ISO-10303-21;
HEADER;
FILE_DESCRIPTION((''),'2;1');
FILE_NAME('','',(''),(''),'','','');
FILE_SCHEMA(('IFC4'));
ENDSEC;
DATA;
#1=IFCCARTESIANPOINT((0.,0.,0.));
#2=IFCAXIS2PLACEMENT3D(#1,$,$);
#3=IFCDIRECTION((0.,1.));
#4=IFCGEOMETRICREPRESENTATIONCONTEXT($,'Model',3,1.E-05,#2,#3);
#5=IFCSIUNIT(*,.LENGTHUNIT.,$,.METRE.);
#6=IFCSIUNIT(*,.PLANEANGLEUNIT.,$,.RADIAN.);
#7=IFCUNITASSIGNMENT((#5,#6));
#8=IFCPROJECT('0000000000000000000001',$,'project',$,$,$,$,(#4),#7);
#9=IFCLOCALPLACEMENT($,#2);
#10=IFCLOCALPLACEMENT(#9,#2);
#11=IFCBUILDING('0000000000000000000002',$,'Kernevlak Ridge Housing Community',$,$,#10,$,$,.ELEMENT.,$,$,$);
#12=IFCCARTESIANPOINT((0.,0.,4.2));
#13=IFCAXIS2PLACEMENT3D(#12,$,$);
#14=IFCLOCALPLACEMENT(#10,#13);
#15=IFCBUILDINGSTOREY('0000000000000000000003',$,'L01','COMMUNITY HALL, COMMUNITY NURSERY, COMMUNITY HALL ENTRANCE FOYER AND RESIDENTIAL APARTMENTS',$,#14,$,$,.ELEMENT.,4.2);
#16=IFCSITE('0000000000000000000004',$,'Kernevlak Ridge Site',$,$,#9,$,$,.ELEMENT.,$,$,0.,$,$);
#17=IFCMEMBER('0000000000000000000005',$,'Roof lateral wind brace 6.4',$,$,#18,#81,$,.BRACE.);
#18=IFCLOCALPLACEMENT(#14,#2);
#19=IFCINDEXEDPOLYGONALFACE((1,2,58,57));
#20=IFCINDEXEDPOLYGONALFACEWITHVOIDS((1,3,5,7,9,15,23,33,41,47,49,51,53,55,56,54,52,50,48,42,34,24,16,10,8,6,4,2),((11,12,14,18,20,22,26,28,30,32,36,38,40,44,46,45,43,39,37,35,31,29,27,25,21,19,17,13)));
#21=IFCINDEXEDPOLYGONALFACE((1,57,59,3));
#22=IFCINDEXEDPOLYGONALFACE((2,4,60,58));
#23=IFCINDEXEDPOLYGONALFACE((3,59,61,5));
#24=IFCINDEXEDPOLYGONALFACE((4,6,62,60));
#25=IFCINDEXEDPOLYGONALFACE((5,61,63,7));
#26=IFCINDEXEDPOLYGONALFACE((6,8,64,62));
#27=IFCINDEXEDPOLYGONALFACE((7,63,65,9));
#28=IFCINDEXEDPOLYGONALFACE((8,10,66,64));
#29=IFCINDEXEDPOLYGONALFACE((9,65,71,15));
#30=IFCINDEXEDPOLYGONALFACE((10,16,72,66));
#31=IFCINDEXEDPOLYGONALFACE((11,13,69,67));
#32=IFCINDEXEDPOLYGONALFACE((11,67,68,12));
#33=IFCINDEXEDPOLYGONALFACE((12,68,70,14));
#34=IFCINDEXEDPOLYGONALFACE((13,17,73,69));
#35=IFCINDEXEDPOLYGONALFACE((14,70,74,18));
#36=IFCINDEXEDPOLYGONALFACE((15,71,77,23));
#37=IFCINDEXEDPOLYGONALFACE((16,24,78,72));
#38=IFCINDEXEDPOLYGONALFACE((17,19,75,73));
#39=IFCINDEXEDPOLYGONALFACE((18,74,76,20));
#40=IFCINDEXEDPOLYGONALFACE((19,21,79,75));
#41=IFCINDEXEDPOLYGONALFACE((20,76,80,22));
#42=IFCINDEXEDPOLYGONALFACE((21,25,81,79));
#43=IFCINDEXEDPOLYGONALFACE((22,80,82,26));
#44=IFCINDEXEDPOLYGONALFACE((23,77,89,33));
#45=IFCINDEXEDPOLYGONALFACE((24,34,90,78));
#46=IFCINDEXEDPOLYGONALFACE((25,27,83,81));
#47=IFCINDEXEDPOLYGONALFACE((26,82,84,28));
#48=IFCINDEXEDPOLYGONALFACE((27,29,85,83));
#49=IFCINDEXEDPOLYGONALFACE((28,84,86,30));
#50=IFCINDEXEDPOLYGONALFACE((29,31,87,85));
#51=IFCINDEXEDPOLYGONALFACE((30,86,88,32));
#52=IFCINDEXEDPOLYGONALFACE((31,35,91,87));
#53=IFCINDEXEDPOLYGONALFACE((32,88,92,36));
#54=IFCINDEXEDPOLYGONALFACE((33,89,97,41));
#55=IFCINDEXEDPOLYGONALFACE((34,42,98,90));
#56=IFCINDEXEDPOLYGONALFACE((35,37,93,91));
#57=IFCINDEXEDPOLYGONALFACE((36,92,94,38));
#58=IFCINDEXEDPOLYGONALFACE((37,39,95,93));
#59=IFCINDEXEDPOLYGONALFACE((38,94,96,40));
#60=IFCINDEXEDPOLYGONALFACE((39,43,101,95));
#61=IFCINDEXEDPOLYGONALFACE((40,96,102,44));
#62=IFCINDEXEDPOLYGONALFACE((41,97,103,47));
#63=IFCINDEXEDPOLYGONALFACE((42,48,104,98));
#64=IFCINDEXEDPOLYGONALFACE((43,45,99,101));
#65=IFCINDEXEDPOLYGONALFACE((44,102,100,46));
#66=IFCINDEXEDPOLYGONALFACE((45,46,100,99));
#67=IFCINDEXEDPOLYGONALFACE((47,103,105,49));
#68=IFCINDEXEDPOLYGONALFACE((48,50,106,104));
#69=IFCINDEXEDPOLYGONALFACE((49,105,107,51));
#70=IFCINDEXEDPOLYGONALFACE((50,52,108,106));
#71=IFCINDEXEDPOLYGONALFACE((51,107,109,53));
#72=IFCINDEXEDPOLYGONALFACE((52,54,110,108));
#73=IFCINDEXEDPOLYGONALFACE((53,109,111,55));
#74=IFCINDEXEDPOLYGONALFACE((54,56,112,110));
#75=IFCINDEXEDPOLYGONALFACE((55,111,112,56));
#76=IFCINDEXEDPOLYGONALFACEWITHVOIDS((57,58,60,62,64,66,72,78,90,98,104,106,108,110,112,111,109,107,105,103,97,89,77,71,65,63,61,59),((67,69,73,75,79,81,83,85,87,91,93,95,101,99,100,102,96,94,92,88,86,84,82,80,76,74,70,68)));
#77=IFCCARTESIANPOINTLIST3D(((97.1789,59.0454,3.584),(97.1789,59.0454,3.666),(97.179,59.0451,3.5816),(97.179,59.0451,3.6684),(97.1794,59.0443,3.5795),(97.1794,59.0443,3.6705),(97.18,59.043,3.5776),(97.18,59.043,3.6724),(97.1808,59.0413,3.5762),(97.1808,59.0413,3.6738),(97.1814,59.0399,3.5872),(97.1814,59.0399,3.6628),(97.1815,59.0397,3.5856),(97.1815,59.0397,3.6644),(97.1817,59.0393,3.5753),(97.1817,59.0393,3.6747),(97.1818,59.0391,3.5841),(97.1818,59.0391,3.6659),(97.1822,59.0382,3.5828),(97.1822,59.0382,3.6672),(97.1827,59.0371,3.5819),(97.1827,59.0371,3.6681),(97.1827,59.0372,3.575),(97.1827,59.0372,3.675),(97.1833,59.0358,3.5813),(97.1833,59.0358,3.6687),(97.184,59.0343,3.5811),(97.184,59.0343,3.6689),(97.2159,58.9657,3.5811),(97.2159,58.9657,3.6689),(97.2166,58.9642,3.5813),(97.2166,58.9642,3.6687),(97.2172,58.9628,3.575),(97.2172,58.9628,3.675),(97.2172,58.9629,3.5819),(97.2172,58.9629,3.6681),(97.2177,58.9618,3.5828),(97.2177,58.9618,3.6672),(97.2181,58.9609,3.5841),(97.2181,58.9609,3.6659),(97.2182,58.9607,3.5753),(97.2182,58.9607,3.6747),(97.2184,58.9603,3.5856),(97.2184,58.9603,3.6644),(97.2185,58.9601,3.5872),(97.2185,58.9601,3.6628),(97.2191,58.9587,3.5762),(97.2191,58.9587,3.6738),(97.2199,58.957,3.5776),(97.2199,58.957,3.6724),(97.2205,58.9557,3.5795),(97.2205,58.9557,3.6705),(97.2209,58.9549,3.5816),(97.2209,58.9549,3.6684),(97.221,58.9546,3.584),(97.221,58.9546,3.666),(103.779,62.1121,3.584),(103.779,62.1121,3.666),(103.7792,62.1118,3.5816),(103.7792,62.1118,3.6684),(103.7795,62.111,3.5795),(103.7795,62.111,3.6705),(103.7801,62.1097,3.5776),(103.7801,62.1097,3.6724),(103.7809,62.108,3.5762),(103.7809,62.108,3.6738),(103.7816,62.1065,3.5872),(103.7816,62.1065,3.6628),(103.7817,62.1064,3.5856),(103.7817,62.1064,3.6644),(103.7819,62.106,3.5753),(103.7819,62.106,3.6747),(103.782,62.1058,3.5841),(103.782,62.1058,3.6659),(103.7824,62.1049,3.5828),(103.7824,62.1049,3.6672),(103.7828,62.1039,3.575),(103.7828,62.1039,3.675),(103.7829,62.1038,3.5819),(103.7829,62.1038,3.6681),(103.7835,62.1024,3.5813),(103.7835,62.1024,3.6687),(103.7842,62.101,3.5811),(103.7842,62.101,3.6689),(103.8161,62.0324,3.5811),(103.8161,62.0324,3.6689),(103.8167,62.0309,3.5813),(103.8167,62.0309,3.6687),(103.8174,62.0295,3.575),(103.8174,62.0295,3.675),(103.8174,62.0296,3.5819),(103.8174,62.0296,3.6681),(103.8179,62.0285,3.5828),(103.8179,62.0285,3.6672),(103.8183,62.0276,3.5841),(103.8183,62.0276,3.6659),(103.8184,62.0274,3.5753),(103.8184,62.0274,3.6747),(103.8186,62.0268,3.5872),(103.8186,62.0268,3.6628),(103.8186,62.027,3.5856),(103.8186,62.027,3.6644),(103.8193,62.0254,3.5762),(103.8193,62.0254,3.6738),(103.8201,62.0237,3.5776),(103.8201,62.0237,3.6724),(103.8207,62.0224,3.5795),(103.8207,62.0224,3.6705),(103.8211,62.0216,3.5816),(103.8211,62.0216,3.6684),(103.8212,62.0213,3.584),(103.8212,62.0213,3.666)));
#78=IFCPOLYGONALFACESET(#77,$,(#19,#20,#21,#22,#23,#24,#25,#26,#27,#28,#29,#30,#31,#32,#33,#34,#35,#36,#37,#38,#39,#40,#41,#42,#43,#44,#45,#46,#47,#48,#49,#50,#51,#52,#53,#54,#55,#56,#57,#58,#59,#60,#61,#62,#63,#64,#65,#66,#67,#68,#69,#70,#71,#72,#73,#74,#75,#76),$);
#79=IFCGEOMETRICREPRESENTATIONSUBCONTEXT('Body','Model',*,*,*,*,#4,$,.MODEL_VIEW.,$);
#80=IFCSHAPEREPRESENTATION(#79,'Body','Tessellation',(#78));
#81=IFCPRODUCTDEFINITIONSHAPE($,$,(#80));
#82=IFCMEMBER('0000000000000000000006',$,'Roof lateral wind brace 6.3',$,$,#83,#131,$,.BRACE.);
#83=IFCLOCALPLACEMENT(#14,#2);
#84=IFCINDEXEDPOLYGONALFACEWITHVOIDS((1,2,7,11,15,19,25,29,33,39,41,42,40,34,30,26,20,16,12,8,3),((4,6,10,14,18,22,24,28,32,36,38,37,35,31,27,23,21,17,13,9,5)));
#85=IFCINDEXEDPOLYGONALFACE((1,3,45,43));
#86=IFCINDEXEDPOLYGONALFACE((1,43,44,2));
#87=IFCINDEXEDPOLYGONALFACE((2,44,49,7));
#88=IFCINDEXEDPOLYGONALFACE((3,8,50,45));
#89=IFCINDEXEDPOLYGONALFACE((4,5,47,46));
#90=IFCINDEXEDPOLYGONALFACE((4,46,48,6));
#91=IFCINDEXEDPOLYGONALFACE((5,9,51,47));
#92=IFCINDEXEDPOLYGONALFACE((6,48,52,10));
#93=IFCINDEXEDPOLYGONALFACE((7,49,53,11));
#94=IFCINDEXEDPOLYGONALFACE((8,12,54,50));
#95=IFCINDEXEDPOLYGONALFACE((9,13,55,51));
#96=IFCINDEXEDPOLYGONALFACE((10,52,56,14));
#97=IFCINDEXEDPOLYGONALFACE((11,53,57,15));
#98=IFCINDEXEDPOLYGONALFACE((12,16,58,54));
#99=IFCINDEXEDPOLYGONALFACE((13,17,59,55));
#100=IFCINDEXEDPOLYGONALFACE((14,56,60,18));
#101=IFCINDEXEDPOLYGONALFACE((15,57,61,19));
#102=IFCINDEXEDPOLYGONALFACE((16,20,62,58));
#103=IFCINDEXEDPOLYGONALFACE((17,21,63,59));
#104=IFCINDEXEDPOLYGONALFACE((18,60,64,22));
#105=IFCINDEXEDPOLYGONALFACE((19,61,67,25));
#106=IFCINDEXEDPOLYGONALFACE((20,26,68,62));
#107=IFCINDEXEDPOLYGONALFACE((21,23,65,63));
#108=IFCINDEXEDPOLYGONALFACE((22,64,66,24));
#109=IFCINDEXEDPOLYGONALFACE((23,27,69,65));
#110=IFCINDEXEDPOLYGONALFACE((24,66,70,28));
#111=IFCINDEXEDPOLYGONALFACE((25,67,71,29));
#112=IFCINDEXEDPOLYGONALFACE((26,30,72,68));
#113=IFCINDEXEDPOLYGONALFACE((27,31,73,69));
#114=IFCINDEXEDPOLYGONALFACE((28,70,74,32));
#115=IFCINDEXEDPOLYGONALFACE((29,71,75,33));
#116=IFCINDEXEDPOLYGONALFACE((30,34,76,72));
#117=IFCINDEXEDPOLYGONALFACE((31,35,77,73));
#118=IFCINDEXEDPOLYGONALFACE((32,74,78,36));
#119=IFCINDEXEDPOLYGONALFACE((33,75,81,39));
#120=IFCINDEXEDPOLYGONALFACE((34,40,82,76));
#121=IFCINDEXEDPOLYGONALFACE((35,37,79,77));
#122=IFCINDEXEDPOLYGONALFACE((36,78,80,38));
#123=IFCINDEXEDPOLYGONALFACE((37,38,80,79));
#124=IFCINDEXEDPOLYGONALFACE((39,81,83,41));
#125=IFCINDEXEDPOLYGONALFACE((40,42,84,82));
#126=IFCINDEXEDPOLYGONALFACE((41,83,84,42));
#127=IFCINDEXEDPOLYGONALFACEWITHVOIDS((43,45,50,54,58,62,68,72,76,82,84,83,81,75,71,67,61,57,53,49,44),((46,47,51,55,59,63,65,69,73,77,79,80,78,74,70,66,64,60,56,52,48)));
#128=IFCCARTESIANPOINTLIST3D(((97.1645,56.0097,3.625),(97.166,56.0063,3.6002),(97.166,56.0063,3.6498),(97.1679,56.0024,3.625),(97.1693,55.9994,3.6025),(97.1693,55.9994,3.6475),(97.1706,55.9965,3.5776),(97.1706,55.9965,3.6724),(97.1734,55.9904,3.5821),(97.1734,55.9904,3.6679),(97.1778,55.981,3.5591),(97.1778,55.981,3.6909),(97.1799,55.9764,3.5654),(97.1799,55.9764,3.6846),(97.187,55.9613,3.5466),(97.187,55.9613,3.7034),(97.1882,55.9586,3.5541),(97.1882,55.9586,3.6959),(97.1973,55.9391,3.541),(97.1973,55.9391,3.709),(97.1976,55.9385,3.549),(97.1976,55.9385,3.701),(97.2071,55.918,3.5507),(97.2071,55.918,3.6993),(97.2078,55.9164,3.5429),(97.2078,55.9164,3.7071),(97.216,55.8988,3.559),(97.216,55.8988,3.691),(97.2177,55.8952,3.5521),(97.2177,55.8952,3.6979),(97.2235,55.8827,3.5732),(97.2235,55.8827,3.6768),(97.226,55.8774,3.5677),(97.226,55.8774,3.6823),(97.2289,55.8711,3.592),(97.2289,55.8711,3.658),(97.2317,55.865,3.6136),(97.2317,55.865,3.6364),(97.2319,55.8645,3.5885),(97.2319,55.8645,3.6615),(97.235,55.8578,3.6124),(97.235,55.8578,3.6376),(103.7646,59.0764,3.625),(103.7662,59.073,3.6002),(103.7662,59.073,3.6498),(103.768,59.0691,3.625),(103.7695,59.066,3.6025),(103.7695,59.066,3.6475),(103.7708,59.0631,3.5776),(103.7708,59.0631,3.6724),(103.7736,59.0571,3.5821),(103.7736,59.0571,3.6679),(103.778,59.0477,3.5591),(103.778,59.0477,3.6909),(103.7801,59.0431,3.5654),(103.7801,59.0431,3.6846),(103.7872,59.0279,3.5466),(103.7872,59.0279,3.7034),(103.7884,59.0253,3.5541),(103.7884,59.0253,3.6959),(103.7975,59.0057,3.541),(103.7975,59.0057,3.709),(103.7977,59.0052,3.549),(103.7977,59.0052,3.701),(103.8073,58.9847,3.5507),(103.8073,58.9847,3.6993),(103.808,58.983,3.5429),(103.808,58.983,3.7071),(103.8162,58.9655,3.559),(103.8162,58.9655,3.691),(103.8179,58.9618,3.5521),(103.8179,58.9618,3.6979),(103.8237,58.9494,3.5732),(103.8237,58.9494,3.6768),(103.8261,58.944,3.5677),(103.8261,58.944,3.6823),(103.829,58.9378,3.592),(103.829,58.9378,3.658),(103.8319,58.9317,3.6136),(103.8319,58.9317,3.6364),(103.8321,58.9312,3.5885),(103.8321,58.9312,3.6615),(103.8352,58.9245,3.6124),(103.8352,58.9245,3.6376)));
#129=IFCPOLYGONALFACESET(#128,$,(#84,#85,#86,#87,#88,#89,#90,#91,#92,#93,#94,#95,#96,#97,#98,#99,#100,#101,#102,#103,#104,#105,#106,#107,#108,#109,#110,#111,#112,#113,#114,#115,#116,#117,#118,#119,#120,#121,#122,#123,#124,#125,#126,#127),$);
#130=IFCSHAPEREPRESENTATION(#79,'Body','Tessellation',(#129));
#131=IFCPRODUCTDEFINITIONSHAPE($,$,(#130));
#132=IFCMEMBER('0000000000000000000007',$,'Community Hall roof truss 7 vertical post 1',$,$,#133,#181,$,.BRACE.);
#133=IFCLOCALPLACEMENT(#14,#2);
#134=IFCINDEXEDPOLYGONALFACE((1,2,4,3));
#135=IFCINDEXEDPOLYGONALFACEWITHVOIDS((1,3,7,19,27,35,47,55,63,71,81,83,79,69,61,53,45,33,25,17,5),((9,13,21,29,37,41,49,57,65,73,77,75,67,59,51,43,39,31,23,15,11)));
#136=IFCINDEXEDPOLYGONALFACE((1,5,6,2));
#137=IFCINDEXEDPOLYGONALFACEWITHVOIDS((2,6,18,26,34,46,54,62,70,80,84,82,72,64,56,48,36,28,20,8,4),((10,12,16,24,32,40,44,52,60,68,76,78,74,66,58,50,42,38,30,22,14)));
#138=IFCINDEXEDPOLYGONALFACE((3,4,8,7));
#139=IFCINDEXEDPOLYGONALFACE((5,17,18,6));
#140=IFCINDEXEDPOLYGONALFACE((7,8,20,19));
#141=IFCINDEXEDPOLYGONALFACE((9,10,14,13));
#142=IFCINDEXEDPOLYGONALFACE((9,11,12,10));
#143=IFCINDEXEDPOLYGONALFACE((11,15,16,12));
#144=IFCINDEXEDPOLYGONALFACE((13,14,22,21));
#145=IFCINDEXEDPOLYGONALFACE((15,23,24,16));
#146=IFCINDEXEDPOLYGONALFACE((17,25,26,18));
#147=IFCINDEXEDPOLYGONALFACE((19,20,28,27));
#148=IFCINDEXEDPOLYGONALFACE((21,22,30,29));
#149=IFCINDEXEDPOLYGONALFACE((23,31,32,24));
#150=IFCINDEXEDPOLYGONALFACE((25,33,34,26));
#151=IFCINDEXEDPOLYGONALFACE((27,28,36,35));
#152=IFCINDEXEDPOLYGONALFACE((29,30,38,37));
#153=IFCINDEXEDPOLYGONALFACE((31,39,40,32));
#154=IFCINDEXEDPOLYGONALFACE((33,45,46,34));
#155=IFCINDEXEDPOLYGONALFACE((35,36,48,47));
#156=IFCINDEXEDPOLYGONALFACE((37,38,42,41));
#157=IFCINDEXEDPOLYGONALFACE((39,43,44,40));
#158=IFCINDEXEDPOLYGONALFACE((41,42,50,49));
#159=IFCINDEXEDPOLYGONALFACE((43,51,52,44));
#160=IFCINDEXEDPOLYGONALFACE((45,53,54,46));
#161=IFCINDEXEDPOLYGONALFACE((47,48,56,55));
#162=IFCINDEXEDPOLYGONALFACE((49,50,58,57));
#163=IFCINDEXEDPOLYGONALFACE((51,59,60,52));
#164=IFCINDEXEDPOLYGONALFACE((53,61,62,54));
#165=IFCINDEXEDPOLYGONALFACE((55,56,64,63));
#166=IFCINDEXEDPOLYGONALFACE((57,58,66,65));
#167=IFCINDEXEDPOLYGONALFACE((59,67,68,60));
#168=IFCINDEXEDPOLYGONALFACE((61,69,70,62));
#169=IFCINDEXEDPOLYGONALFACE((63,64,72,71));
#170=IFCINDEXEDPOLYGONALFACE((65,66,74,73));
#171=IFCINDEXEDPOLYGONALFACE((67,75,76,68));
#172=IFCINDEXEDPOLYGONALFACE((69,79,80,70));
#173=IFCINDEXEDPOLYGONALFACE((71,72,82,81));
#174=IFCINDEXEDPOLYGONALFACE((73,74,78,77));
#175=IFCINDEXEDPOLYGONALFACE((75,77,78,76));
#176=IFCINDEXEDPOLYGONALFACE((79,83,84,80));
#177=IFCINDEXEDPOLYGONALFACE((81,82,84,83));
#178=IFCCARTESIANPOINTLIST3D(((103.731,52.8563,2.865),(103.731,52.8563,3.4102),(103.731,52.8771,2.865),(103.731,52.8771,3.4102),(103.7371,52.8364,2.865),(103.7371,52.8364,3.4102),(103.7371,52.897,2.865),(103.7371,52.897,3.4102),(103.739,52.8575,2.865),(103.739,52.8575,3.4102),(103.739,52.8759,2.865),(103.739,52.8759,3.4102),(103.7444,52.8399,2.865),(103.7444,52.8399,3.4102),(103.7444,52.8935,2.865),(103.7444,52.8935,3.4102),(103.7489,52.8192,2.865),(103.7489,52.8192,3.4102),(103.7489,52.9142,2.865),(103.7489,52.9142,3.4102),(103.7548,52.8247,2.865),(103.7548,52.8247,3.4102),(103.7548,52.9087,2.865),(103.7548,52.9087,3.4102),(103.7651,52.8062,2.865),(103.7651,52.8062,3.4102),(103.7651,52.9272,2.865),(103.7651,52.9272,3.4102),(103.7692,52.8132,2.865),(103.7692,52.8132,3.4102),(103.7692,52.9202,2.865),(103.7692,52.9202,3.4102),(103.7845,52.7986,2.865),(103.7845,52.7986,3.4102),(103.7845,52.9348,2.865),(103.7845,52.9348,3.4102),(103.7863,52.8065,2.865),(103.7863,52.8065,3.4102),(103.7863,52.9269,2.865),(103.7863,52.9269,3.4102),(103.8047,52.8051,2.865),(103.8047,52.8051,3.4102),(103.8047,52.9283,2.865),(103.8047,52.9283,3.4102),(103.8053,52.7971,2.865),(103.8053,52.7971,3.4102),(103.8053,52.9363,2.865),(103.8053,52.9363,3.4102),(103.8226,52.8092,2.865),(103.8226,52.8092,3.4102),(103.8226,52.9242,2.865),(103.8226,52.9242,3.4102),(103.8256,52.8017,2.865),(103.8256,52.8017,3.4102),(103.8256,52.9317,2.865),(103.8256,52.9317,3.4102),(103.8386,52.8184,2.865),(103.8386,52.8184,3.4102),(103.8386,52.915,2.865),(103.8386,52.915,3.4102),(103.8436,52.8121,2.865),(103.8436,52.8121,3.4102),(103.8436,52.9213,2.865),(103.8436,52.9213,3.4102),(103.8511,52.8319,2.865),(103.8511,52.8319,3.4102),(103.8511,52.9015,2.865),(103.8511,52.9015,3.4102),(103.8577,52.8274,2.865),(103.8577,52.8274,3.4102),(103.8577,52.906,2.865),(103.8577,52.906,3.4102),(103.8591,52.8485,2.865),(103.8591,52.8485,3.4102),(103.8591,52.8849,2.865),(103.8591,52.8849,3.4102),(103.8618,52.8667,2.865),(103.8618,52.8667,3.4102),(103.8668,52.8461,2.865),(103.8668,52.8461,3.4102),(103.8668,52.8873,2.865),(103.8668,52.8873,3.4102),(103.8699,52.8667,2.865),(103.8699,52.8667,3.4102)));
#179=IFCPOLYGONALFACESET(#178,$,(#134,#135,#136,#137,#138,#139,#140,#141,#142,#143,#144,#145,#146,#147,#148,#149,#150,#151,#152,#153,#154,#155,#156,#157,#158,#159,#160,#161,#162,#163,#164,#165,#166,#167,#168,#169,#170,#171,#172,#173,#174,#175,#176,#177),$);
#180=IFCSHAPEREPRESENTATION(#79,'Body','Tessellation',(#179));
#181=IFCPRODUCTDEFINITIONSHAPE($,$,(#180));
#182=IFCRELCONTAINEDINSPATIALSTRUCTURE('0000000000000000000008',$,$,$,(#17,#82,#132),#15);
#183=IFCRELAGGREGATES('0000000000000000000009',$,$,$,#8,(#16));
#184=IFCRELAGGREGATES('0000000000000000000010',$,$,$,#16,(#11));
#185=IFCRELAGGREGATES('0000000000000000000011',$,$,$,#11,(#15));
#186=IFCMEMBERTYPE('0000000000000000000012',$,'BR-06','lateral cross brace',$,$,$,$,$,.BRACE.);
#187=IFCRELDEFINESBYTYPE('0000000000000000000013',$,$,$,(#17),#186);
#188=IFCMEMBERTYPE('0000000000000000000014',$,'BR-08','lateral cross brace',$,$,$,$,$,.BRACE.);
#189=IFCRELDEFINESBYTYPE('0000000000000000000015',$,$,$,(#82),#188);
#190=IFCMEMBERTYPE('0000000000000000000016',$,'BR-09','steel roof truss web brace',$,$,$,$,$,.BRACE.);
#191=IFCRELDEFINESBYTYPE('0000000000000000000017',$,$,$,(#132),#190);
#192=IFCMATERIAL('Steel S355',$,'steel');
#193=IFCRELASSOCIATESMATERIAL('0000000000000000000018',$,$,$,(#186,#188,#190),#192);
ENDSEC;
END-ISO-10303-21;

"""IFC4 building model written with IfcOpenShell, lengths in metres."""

from ifc_helpers import new_model, si_unit, direction, frame, origin, origin_2d, place, context, subcontext, project, spatial, hollow_rectangle, hollow_circle, extrude, material, material_profile, profile_set, type_object, element, save


model = new_model("IFC4")

# Units and contexts
model_context = context("Model", 3, precision=1e-05, world=origin(), true_north=direction((0.0, 1.0)))
body_context = subcontext(model_context, "Body", "Model", "MODEL_VIEW")
ifc_project = project(units=[si_unit("LENGTHUNIT", "METRE"), si_unit("PLANEANGLEUNIT", "RADIAN")], contexts=[model_context])

# Site, building, storey
site_placement = place(None, origin())
site = spatial("IfcSite", under=ifc_project, at=site_placement, Name="Kernevlak Ridge Site", CompositionType="ELEMENT", RefElevation=0.0)
building_placement = place(site_placement, origin())
building = spatial("IfcBuilding", under=site, at=building_placement, Name="Kernevlak Ridge Housing Community", CompositionType="ELEMENT")
storey_placement = place(building_placement, frame((0.0, 0.0, 4.2)))
storey = spatial("IfcBuildingStorey", under=building, at=storey_placement, Name="L01", Description="COMMUNITY HALL, COMMUNITY NURSERY, COMMUNITY HALL ENTRANCE FOYER AND RESIDENTIAL APARTMENTS", CompositionType="ELEMENT", Elevation=4.2)

# Members
ifc_material_1 = material(Name="Steel S355", Category="steel")
ifc_material_profile_1 = material_profile(ifc_material_1, hollow_rectangle(XDim=0.1001, YDim=0.1001, WallThickness=0.0061, InnerFilletRadius=0.0061, OuterFilletRadius=0.009, at=origin_2d()), Name="SHS 100x100x6")
ifc_profile_set_1 = profile_set([ifc_material_profile_1], Name="Steel S355")
member_type_1 = type_object("IfcMemberType", Name="BR-06", Description="lateral cross brace", PredefinedType="BRACE", material=ifc_profile_set_1)
member_1_placement = place(storey_placement, frame((97.2, 59.0, 3.625), z_axis=(0.906887, 0.421373, 0.0), x_axis=(-0.421373, 0.906887, 0.0)))
element("IfcMember", 1, at=member_1_placement, inside=storey, type_object=member_type_1, Name="Roof lateral wind brace 6.4", PredefinedType="BRACE", context=body_context, shape_type="SweptSolid", body=[
    extrude(hollow_rectangle(XDim=0.1001, YDim=0.1001, WallThickness=0.0061, InnerFilletRadius=0.0061, OuterFilletRadius=0.009, at=origin_2d()), origin(), (0.0, 0.0, 1.0), 7.2778),
])
ifc_material_profile_2 = material_profile(ifc_material_1, hollow_circle(Radius=0.0842, WallThickness=0.0081, at=origin_2d()), Name="CHS 168.3x8")
ifc_profile_set_2 = profile_set([ifc_material_profile_2], Name="Steel S355")
member_type_2 = type_object("IfcMemberType", Name="BR-08", Description="lateral cross brace", PredefinedType="BRACE", material=ifc_profile_set_2)
member_2_placement = place(storey_placement, frame((97.2, 55.9333, 3.625), z_axis=(0.906887, 0.421373, 0.0), x_axis=(-0.421373, 0.906887, 0.0)))
element("IfcMember", 2, at=member_2_placement, inside=storey, type_object=member_type_2, Name="Roof lateral wind brace 6.3", PredefinedType="BRACE", context=body_context, shape_type="SweptSolid", body=[
    extrude(hollow_circle(Radius=0.0842, WallThickness=0.0081, at=origin_2d()), origin(), (0.0, 0.0, 1.0), 7.2778),
])
ifc_material_profile_3 = material_profile(ifc_material_1, hollow_circle(Radius=0.0698, WallThickness=0.0081, at=origin_2d()), Name="CHS 139.7x8")
ifc_profile_set_3 = profile_set([ifc_material_profile_3], Name="Steel S355")
member_type_3 = type_object("IfcMemberType", Name="BR-09", Description="steel roof truss web brace", PredefinedType="BRACE", material=ifc_profile_set_3)
member_3_placement = place(storey_placement, frame((103.8, 52.8667, 2.865), z_axis=(0.0, 0.0, 1.0), x_axis=(1.0, 0.0, 0.0)))
element("IfcMember", 3, at=member_3_placement, inside=storey, type_object=member_type_3, Name="Community Hall roof truss 7 vertical post 1", PredefinedType="BRACE", context=body_context, shape_type="SweptSolid", body=[
    extrude(hollow_circle(Radius=0.0698, WallThickness=0.0081, at=origin_2d()), origin(), (0.0, 0.0, 1.0), 0.5452),
])

save(model, "model.ifc")
